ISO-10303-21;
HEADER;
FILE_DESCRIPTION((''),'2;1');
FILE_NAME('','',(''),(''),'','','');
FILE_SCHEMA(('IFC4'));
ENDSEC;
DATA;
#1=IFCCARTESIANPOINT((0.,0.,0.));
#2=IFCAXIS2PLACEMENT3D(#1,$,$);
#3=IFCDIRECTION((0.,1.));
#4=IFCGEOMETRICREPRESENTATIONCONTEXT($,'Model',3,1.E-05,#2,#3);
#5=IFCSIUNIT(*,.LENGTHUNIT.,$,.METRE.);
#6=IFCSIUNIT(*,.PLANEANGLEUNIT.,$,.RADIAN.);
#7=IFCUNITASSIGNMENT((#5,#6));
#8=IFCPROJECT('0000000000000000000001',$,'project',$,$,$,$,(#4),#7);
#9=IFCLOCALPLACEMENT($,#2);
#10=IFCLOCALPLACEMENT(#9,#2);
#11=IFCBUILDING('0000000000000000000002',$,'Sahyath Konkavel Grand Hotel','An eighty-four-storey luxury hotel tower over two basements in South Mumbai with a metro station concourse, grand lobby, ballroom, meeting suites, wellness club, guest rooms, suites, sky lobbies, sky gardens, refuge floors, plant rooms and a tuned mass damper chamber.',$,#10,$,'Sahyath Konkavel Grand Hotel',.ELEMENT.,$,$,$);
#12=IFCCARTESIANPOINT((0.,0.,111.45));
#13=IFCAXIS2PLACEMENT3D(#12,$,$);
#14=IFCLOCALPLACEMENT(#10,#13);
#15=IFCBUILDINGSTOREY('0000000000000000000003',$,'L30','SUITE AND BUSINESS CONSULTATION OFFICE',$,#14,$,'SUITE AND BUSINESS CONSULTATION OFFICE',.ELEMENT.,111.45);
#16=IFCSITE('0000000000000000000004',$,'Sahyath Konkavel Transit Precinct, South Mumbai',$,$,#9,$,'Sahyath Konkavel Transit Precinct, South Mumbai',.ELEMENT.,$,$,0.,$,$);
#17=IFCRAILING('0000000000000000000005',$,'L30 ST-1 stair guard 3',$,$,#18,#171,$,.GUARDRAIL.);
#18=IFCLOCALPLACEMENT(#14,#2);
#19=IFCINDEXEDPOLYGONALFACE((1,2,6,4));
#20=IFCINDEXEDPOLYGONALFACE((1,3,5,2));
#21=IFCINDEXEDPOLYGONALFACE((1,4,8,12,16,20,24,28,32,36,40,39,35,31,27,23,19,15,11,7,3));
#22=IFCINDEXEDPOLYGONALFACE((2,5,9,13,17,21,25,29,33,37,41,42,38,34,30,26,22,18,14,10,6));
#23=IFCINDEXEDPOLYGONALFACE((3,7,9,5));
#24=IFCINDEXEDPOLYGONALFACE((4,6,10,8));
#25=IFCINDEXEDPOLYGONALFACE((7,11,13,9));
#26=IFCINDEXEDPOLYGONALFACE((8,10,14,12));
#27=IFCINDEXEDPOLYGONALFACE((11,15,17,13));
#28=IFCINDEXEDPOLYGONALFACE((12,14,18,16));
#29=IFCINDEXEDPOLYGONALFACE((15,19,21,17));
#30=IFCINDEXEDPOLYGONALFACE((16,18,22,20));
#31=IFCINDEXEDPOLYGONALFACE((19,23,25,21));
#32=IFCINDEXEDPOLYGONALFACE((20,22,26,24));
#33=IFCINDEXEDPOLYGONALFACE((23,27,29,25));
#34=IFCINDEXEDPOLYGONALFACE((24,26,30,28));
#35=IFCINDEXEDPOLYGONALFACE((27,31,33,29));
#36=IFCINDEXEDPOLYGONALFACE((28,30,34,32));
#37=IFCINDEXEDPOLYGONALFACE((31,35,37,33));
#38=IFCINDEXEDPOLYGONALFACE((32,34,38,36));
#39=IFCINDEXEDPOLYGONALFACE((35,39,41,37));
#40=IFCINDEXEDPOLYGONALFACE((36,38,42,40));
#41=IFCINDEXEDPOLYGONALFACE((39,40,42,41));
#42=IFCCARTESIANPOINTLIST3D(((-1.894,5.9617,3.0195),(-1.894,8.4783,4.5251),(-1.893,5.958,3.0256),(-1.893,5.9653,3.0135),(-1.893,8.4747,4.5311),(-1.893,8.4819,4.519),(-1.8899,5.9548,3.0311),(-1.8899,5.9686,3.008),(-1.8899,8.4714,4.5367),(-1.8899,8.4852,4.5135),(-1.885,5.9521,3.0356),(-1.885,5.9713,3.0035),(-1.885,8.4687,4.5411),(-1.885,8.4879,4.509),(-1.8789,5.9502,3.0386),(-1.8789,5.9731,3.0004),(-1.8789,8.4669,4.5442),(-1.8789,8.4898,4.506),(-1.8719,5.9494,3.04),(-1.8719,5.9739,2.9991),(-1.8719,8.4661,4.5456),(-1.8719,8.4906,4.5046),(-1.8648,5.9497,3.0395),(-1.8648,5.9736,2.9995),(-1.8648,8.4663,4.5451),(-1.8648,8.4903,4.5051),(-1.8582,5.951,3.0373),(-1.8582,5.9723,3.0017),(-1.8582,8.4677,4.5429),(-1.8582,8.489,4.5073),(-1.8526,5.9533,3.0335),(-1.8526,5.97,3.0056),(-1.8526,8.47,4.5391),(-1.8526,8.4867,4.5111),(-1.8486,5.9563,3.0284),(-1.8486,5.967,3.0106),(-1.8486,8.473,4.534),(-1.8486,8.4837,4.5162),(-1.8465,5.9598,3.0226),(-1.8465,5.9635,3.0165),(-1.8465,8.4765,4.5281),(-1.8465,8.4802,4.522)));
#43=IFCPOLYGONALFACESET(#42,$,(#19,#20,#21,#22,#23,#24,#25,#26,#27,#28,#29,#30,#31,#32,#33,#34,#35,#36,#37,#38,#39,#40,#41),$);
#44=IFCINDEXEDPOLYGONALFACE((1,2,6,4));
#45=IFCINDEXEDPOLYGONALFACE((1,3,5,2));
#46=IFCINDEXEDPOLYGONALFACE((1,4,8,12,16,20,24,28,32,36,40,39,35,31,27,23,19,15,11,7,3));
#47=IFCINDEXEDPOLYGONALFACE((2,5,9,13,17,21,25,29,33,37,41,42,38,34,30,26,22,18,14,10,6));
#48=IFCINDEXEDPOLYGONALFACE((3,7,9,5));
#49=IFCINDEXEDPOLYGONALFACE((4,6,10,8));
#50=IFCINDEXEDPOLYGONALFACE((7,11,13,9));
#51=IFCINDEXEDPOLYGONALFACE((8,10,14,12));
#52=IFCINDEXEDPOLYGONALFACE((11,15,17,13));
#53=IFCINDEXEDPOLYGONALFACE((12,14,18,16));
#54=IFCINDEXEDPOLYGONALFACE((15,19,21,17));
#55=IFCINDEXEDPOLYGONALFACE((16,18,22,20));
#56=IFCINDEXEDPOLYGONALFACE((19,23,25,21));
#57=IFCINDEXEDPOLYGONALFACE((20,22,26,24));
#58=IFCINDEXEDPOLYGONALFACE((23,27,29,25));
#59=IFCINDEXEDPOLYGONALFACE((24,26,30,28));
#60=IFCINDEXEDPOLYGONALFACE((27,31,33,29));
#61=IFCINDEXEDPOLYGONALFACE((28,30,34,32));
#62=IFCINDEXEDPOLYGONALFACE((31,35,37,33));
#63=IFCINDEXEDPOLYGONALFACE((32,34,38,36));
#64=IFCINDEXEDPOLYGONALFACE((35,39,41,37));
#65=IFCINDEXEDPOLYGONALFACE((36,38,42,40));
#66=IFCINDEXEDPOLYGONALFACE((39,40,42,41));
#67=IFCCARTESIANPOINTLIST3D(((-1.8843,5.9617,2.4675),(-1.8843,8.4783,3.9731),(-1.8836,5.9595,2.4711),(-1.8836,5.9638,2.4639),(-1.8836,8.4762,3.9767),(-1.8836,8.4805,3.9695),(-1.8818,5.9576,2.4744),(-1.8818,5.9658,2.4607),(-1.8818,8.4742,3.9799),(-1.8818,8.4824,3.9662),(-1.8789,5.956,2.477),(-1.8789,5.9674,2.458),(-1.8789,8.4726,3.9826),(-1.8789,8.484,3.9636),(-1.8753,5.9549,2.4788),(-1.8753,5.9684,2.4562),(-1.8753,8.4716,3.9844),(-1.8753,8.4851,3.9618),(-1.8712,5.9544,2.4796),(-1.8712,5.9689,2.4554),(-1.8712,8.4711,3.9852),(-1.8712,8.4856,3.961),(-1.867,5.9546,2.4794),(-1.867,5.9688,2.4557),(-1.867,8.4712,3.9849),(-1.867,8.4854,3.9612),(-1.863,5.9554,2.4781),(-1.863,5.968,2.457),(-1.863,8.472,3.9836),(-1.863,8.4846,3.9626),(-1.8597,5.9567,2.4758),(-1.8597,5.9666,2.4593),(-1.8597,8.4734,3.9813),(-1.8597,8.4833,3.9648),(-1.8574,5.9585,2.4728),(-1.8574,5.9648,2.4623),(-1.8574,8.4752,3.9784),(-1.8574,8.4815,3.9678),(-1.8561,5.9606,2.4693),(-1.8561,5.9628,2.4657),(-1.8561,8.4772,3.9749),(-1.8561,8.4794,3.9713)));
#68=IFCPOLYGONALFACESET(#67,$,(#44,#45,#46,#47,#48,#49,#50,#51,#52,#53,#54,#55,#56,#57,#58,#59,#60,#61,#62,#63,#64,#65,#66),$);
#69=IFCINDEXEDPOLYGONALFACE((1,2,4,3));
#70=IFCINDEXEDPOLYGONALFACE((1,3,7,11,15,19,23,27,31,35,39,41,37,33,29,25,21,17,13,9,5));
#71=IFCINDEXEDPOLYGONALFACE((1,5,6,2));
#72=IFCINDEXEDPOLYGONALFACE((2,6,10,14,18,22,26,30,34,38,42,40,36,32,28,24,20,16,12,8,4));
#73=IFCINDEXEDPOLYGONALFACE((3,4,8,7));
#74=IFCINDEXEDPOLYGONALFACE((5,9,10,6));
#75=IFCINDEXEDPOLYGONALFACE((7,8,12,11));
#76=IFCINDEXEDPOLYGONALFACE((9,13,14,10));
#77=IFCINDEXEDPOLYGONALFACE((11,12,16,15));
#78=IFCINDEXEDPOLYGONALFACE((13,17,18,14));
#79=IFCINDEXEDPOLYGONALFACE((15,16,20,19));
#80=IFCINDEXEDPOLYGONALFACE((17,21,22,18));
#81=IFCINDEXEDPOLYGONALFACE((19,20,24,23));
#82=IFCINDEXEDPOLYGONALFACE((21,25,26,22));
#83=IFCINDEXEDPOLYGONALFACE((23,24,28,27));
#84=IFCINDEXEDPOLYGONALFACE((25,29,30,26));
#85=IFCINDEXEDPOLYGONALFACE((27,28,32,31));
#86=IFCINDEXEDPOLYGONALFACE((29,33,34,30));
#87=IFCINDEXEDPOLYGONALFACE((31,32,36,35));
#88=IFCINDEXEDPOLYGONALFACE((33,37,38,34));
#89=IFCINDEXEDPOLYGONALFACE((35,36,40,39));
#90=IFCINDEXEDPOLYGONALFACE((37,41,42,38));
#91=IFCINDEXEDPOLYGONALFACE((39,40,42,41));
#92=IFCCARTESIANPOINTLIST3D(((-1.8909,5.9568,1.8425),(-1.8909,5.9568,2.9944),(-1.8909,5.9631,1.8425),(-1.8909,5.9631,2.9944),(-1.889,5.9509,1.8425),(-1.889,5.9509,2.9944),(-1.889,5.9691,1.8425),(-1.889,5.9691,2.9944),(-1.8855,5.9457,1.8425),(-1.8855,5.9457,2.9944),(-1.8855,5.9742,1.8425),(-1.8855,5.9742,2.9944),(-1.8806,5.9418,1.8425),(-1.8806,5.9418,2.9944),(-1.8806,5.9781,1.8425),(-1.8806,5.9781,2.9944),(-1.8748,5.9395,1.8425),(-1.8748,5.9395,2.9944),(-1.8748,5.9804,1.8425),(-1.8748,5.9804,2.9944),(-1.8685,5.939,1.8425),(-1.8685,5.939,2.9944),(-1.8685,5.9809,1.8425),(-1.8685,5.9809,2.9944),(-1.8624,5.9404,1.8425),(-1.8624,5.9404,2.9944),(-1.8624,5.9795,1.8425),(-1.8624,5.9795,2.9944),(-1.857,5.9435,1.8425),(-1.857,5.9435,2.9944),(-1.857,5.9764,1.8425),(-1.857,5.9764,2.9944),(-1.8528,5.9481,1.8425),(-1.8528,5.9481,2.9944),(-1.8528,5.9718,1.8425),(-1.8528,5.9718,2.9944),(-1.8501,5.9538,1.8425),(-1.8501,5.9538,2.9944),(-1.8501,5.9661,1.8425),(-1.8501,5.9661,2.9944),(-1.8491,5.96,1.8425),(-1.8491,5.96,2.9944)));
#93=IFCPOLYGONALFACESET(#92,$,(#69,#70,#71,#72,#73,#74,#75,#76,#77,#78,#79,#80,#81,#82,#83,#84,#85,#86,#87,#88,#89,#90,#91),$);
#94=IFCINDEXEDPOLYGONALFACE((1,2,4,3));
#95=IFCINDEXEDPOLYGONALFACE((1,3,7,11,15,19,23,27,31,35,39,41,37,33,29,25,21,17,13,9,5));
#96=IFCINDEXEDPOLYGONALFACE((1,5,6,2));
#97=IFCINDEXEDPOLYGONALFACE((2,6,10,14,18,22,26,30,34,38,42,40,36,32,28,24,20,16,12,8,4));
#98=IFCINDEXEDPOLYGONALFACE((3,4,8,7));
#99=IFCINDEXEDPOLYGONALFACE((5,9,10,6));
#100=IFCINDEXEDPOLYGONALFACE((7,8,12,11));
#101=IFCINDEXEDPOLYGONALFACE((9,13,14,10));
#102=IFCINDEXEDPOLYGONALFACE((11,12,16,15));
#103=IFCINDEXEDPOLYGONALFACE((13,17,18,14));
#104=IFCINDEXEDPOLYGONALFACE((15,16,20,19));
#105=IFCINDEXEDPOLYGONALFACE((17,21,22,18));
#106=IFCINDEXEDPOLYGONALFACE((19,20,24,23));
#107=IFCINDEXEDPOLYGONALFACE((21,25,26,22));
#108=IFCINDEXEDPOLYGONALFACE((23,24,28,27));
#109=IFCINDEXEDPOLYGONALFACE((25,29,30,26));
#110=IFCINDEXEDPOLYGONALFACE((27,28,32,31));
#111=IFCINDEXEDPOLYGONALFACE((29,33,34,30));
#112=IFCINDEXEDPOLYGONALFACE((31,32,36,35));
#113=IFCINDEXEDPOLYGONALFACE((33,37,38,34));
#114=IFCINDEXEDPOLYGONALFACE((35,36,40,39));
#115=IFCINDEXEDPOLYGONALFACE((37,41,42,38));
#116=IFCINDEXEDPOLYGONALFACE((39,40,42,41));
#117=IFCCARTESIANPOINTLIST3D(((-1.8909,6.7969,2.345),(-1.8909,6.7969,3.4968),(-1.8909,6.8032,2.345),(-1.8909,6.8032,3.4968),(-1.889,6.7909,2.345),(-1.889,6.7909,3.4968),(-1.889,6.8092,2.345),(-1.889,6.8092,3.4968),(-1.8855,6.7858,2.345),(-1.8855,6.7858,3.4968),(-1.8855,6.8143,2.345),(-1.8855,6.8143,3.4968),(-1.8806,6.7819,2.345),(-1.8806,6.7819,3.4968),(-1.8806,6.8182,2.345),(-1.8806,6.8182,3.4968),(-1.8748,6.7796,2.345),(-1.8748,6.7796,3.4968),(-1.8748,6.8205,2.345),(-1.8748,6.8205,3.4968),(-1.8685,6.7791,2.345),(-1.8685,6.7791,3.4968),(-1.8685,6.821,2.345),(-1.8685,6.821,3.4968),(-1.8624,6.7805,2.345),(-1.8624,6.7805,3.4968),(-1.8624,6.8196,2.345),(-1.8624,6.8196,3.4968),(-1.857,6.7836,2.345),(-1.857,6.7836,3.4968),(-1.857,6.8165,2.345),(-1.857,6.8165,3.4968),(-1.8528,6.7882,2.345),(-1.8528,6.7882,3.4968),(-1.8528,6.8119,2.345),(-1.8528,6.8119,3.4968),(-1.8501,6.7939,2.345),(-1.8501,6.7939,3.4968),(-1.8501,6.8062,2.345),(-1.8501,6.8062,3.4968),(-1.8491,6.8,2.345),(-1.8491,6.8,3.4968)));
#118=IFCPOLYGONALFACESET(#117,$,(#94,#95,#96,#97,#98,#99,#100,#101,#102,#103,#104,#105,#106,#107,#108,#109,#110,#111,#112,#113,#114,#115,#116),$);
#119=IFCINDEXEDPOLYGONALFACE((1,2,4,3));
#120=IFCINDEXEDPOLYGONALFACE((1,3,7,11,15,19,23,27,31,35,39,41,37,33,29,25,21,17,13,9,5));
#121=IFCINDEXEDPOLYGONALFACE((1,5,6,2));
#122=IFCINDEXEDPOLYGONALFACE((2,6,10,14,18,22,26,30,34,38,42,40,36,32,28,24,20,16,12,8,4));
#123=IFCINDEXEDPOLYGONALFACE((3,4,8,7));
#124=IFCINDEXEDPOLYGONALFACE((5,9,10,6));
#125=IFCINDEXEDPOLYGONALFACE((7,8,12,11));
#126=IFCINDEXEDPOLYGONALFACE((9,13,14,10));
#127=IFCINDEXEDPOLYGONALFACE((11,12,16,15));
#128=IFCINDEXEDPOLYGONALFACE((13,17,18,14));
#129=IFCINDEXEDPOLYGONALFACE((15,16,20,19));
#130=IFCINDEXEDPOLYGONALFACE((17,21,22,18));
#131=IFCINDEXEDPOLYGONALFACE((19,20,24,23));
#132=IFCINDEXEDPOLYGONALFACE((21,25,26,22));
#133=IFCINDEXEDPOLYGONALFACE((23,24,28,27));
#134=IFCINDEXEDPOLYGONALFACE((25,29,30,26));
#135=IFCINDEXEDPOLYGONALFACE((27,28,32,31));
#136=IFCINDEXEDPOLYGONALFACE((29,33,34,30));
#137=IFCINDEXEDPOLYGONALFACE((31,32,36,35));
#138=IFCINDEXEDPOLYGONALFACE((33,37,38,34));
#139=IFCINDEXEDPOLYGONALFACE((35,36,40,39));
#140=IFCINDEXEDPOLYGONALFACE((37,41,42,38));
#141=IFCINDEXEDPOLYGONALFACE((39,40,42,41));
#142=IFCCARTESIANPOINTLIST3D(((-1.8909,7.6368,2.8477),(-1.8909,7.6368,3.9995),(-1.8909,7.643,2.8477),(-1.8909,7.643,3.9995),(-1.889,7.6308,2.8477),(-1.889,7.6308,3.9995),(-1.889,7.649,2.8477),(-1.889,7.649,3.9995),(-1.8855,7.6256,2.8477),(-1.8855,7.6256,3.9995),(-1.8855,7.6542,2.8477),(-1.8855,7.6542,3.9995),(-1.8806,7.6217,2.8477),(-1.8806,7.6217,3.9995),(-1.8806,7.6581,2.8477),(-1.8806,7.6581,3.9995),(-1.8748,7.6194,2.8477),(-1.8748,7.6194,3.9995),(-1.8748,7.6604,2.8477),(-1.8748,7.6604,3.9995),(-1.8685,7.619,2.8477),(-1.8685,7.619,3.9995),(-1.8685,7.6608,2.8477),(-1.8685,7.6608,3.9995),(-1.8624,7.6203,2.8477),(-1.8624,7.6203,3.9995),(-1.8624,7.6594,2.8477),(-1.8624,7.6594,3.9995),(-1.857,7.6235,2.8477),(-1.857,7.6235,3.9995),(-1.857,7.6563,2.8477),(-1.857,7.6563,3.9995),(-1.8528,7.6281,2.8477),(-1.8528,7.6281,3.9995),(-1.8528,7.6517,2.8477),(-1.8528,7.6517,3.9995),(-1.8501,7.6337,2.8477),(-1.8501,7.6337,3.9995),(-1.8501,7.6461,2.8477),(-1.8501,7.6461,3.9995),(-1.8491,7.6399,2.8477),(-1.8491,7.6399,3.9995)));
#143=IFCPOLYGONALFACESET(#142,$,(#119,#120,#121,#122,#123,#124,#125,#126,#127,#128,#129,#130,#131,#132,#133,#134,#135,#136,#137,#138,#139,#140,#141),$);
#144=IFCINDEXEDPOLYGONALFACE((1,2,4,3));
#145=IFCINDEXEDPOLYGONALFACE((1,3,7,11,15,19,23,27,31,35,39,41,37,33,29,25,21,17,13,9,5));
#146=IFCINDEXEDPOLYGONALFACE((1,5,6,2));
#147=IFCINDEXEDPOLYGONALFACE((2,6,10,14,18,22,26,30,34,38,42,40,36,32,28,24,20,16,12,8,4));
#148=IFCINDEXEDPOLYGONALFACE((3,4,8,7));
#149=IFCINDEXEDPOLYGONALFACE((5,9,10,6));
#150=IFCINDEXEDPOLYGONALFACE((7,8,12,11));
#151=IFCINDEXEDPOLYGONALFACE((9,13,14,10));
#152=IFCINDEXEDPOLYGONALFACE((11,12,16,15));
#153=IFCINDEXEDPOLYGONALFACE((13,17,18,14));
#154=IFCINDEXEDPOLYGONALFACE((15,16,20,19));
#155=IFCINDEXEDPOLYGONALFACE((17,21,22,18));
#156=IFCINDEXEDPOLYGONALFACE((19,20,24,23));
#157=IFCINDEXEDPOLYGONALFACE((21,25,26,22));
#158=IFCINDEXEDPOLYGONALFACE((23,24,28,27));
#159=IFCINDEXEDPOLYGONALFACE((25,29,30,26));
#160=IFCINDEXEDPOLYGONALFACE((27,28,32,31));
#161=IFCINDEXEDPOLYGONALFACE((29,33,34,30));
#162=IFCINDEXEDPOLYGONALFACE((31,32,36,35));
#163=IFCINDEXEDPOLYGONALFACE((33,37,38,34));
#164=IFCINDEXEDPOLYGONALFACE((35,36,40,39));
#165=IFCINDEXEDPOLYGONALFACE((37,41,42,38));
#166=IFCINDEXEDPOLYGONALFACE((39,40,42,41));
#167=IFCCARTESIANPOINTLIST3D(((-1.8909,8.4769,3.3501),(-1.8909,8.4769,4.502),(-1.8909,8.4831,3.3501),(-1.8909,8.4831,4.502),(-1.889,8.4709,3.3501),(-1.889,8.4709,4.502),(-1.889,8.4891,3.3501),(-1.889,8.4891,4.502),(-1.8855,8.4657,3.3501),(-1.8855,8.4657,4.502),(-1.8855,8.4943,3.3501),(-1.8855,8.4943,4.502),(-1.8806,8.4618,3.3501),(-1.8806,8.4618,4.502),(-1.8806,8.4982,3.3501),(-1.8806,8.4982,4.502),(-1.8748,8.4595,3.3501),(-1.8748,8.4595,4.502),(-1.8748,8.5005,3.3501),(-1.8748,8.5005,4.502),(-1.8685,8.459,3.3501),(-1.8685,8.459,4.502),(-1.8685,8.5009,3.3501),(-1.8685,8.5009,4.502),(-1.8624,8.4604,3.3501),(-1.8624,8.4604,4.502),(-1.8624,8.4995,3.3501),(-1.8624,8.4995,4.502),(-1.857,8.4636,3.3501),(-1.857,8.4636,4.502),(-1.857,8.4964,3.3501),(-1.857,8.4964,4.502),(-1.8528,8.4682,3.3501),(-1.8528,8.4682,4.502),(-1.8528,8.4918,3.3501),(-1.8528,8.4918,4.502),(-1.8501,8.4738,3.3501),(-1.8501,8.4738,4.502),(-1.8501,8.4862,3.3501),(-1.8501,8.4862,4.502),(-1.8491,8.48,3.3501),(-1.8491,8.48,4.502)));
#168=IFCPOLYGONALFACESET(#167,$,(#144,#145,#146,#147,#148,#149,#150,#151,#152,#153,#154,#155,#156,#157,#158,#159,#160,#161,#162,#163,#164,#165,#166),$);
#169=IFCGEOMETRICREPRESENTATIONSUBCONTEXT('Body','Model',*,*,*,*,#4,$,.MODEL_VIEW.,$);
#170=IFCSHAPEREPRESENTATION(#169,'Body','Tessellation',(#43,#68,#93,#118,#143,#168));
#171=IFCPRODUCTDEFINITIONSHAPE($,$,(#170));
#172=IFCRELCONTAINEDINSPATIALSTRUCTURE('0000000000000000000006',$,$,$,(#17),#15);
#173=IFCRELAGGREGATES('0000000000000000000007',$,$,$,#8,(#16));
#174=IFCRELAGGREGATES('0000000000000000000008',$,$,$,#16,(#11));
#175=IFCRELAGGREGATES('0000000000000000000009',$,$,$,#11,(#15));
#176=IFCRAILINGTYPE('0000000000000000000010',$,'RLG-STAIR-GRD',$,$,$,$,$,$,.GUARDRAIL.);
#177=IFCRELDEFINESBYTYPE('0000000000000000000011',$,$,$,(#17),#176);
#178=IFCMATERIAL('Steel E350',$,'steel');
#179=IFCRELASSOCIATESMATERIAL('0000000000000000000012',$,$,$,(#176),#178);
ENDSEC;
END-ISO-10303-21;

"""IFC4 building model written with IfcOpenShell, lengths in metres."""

from ifc_helpers import new_model, si_unit, direction, frame, origin, origin_2d, place, context, subcontext, project, spatial, circle, extrude, material, type_object, element, save


model = new_model("IFC4")

# Units and contexts
model_context = context("Model", 3, precision=1e-05, world=origin(), true_north=direction((0.0, 1.0)))
body_context = subcontext(model_context, "Body", "Model", "MODEL_VIEW")
ifc_project = project(units=[si_unit("LENGTHUNIT", "METRE"), si_unit("PLANEANGLEUNIT", "RADIAN")], contexts=[model_context])

# Site, building, storey
site_placement = place(None, origin())
site = spatial("IfcSite", under=ifc_project, at=site_placement, Name="Sahyath Konkavel Transit Precinct, South Mumbai", LongName="Sahyath Konkavel Transit Precinct, South Mumbai", CompositionType="ELEMENT", RefElevation=0.0)
building_placement = place(site_placement, origin())
building = spatial("IfcBuilding", under=site, at=building_placement, Name="Sahyath Konkavel Grand Hotel", Description="An eighty-four-storey luxury hotel tower over two basements in South Mumbai with a metro station concourse, grand lobby, ballroom, meeting suites, wellness club, guest rooms, suites, sky lobbies, sky gardens, refuge floors, plant rooms and a tuned mass damper chamber.", LongName="Sahyath Konkavel Grand Hotel", CompositionType="ELEMENT")
storey_placement = place(building_placement, frame((0.0, 0.0, 111.45)))
storey = spatial("IfcBuildingStorey", under=building, at=storey_placement, Name="L30", Description="SUITE AND BUSINESS CONSULTATION OFFICE", LongName="SUITE AND BUSINESS CONSULTATION OFFICE", CompositionType="ELEMENT", Elevation=111.45)

# Shared definitions
ifc_material_1 = material(Name="Steel E350", Category="steel")

# Railing
railing_type_1 = type_object("IfcRailingType", Name="RLG-STAIR-GRD", PredefinedType="GUARDRAIL", material=ifc_material_1)
railing_1_placement = place(storey_placement, frame((-1.8701, 5.96, 1.8425)))
element("IfcRailing", 1, at=railing_1_placement, inside=storey, type_object=railing_type_1, Name="L30 ST-1 stair guard 3", PredefinedType="GUARDRAIL", context=body_context, shape_type="SweptSolid", body=[
    extrude(circle(Radius=0.0239, at=origin_2d()), frame((0.0, 0.0017, 1.177), z_axis=(0.0, 0.85816, 0.513383), x_axis=(-1.0, 0.0, 0.0)), (0.0, 0.0, 1.0), 2.9326),
    extrude(circle(Radius=0.0142, at=origin_2d()), frame((0.0, 0.0017, 0.625), z_axis=(0.0, 0.85816, 0.513383), x_axis=(-1.0, 0.0, 0.0)), (0.0, 0.0, 1.0), 2.9326),
    extrude(circle(Radius=0.021, at=origin_2d()), origin(), (0.0, 0.0, 1.0), 1.1519),
    extrude(circle(Radius=0.021, at=origin_2d()), frame((0.0, 0.8401, 0.5024)), (0.0, 0.0, 1.0), 1.1519),
    extrude(circle(Radius=0.021, at=origin_2d()), frame((0.0, 1.6799, 1.0051)), (0.0, 0.0, 1.0), 1.1519),
    extrude(circle(Radius=0.021, at=origin_2d()), frame((0.0, 2.52, 1.5076)), (0.0, 0.0, 1.0), 1.1519),
])

save(model, "model.ifc")
